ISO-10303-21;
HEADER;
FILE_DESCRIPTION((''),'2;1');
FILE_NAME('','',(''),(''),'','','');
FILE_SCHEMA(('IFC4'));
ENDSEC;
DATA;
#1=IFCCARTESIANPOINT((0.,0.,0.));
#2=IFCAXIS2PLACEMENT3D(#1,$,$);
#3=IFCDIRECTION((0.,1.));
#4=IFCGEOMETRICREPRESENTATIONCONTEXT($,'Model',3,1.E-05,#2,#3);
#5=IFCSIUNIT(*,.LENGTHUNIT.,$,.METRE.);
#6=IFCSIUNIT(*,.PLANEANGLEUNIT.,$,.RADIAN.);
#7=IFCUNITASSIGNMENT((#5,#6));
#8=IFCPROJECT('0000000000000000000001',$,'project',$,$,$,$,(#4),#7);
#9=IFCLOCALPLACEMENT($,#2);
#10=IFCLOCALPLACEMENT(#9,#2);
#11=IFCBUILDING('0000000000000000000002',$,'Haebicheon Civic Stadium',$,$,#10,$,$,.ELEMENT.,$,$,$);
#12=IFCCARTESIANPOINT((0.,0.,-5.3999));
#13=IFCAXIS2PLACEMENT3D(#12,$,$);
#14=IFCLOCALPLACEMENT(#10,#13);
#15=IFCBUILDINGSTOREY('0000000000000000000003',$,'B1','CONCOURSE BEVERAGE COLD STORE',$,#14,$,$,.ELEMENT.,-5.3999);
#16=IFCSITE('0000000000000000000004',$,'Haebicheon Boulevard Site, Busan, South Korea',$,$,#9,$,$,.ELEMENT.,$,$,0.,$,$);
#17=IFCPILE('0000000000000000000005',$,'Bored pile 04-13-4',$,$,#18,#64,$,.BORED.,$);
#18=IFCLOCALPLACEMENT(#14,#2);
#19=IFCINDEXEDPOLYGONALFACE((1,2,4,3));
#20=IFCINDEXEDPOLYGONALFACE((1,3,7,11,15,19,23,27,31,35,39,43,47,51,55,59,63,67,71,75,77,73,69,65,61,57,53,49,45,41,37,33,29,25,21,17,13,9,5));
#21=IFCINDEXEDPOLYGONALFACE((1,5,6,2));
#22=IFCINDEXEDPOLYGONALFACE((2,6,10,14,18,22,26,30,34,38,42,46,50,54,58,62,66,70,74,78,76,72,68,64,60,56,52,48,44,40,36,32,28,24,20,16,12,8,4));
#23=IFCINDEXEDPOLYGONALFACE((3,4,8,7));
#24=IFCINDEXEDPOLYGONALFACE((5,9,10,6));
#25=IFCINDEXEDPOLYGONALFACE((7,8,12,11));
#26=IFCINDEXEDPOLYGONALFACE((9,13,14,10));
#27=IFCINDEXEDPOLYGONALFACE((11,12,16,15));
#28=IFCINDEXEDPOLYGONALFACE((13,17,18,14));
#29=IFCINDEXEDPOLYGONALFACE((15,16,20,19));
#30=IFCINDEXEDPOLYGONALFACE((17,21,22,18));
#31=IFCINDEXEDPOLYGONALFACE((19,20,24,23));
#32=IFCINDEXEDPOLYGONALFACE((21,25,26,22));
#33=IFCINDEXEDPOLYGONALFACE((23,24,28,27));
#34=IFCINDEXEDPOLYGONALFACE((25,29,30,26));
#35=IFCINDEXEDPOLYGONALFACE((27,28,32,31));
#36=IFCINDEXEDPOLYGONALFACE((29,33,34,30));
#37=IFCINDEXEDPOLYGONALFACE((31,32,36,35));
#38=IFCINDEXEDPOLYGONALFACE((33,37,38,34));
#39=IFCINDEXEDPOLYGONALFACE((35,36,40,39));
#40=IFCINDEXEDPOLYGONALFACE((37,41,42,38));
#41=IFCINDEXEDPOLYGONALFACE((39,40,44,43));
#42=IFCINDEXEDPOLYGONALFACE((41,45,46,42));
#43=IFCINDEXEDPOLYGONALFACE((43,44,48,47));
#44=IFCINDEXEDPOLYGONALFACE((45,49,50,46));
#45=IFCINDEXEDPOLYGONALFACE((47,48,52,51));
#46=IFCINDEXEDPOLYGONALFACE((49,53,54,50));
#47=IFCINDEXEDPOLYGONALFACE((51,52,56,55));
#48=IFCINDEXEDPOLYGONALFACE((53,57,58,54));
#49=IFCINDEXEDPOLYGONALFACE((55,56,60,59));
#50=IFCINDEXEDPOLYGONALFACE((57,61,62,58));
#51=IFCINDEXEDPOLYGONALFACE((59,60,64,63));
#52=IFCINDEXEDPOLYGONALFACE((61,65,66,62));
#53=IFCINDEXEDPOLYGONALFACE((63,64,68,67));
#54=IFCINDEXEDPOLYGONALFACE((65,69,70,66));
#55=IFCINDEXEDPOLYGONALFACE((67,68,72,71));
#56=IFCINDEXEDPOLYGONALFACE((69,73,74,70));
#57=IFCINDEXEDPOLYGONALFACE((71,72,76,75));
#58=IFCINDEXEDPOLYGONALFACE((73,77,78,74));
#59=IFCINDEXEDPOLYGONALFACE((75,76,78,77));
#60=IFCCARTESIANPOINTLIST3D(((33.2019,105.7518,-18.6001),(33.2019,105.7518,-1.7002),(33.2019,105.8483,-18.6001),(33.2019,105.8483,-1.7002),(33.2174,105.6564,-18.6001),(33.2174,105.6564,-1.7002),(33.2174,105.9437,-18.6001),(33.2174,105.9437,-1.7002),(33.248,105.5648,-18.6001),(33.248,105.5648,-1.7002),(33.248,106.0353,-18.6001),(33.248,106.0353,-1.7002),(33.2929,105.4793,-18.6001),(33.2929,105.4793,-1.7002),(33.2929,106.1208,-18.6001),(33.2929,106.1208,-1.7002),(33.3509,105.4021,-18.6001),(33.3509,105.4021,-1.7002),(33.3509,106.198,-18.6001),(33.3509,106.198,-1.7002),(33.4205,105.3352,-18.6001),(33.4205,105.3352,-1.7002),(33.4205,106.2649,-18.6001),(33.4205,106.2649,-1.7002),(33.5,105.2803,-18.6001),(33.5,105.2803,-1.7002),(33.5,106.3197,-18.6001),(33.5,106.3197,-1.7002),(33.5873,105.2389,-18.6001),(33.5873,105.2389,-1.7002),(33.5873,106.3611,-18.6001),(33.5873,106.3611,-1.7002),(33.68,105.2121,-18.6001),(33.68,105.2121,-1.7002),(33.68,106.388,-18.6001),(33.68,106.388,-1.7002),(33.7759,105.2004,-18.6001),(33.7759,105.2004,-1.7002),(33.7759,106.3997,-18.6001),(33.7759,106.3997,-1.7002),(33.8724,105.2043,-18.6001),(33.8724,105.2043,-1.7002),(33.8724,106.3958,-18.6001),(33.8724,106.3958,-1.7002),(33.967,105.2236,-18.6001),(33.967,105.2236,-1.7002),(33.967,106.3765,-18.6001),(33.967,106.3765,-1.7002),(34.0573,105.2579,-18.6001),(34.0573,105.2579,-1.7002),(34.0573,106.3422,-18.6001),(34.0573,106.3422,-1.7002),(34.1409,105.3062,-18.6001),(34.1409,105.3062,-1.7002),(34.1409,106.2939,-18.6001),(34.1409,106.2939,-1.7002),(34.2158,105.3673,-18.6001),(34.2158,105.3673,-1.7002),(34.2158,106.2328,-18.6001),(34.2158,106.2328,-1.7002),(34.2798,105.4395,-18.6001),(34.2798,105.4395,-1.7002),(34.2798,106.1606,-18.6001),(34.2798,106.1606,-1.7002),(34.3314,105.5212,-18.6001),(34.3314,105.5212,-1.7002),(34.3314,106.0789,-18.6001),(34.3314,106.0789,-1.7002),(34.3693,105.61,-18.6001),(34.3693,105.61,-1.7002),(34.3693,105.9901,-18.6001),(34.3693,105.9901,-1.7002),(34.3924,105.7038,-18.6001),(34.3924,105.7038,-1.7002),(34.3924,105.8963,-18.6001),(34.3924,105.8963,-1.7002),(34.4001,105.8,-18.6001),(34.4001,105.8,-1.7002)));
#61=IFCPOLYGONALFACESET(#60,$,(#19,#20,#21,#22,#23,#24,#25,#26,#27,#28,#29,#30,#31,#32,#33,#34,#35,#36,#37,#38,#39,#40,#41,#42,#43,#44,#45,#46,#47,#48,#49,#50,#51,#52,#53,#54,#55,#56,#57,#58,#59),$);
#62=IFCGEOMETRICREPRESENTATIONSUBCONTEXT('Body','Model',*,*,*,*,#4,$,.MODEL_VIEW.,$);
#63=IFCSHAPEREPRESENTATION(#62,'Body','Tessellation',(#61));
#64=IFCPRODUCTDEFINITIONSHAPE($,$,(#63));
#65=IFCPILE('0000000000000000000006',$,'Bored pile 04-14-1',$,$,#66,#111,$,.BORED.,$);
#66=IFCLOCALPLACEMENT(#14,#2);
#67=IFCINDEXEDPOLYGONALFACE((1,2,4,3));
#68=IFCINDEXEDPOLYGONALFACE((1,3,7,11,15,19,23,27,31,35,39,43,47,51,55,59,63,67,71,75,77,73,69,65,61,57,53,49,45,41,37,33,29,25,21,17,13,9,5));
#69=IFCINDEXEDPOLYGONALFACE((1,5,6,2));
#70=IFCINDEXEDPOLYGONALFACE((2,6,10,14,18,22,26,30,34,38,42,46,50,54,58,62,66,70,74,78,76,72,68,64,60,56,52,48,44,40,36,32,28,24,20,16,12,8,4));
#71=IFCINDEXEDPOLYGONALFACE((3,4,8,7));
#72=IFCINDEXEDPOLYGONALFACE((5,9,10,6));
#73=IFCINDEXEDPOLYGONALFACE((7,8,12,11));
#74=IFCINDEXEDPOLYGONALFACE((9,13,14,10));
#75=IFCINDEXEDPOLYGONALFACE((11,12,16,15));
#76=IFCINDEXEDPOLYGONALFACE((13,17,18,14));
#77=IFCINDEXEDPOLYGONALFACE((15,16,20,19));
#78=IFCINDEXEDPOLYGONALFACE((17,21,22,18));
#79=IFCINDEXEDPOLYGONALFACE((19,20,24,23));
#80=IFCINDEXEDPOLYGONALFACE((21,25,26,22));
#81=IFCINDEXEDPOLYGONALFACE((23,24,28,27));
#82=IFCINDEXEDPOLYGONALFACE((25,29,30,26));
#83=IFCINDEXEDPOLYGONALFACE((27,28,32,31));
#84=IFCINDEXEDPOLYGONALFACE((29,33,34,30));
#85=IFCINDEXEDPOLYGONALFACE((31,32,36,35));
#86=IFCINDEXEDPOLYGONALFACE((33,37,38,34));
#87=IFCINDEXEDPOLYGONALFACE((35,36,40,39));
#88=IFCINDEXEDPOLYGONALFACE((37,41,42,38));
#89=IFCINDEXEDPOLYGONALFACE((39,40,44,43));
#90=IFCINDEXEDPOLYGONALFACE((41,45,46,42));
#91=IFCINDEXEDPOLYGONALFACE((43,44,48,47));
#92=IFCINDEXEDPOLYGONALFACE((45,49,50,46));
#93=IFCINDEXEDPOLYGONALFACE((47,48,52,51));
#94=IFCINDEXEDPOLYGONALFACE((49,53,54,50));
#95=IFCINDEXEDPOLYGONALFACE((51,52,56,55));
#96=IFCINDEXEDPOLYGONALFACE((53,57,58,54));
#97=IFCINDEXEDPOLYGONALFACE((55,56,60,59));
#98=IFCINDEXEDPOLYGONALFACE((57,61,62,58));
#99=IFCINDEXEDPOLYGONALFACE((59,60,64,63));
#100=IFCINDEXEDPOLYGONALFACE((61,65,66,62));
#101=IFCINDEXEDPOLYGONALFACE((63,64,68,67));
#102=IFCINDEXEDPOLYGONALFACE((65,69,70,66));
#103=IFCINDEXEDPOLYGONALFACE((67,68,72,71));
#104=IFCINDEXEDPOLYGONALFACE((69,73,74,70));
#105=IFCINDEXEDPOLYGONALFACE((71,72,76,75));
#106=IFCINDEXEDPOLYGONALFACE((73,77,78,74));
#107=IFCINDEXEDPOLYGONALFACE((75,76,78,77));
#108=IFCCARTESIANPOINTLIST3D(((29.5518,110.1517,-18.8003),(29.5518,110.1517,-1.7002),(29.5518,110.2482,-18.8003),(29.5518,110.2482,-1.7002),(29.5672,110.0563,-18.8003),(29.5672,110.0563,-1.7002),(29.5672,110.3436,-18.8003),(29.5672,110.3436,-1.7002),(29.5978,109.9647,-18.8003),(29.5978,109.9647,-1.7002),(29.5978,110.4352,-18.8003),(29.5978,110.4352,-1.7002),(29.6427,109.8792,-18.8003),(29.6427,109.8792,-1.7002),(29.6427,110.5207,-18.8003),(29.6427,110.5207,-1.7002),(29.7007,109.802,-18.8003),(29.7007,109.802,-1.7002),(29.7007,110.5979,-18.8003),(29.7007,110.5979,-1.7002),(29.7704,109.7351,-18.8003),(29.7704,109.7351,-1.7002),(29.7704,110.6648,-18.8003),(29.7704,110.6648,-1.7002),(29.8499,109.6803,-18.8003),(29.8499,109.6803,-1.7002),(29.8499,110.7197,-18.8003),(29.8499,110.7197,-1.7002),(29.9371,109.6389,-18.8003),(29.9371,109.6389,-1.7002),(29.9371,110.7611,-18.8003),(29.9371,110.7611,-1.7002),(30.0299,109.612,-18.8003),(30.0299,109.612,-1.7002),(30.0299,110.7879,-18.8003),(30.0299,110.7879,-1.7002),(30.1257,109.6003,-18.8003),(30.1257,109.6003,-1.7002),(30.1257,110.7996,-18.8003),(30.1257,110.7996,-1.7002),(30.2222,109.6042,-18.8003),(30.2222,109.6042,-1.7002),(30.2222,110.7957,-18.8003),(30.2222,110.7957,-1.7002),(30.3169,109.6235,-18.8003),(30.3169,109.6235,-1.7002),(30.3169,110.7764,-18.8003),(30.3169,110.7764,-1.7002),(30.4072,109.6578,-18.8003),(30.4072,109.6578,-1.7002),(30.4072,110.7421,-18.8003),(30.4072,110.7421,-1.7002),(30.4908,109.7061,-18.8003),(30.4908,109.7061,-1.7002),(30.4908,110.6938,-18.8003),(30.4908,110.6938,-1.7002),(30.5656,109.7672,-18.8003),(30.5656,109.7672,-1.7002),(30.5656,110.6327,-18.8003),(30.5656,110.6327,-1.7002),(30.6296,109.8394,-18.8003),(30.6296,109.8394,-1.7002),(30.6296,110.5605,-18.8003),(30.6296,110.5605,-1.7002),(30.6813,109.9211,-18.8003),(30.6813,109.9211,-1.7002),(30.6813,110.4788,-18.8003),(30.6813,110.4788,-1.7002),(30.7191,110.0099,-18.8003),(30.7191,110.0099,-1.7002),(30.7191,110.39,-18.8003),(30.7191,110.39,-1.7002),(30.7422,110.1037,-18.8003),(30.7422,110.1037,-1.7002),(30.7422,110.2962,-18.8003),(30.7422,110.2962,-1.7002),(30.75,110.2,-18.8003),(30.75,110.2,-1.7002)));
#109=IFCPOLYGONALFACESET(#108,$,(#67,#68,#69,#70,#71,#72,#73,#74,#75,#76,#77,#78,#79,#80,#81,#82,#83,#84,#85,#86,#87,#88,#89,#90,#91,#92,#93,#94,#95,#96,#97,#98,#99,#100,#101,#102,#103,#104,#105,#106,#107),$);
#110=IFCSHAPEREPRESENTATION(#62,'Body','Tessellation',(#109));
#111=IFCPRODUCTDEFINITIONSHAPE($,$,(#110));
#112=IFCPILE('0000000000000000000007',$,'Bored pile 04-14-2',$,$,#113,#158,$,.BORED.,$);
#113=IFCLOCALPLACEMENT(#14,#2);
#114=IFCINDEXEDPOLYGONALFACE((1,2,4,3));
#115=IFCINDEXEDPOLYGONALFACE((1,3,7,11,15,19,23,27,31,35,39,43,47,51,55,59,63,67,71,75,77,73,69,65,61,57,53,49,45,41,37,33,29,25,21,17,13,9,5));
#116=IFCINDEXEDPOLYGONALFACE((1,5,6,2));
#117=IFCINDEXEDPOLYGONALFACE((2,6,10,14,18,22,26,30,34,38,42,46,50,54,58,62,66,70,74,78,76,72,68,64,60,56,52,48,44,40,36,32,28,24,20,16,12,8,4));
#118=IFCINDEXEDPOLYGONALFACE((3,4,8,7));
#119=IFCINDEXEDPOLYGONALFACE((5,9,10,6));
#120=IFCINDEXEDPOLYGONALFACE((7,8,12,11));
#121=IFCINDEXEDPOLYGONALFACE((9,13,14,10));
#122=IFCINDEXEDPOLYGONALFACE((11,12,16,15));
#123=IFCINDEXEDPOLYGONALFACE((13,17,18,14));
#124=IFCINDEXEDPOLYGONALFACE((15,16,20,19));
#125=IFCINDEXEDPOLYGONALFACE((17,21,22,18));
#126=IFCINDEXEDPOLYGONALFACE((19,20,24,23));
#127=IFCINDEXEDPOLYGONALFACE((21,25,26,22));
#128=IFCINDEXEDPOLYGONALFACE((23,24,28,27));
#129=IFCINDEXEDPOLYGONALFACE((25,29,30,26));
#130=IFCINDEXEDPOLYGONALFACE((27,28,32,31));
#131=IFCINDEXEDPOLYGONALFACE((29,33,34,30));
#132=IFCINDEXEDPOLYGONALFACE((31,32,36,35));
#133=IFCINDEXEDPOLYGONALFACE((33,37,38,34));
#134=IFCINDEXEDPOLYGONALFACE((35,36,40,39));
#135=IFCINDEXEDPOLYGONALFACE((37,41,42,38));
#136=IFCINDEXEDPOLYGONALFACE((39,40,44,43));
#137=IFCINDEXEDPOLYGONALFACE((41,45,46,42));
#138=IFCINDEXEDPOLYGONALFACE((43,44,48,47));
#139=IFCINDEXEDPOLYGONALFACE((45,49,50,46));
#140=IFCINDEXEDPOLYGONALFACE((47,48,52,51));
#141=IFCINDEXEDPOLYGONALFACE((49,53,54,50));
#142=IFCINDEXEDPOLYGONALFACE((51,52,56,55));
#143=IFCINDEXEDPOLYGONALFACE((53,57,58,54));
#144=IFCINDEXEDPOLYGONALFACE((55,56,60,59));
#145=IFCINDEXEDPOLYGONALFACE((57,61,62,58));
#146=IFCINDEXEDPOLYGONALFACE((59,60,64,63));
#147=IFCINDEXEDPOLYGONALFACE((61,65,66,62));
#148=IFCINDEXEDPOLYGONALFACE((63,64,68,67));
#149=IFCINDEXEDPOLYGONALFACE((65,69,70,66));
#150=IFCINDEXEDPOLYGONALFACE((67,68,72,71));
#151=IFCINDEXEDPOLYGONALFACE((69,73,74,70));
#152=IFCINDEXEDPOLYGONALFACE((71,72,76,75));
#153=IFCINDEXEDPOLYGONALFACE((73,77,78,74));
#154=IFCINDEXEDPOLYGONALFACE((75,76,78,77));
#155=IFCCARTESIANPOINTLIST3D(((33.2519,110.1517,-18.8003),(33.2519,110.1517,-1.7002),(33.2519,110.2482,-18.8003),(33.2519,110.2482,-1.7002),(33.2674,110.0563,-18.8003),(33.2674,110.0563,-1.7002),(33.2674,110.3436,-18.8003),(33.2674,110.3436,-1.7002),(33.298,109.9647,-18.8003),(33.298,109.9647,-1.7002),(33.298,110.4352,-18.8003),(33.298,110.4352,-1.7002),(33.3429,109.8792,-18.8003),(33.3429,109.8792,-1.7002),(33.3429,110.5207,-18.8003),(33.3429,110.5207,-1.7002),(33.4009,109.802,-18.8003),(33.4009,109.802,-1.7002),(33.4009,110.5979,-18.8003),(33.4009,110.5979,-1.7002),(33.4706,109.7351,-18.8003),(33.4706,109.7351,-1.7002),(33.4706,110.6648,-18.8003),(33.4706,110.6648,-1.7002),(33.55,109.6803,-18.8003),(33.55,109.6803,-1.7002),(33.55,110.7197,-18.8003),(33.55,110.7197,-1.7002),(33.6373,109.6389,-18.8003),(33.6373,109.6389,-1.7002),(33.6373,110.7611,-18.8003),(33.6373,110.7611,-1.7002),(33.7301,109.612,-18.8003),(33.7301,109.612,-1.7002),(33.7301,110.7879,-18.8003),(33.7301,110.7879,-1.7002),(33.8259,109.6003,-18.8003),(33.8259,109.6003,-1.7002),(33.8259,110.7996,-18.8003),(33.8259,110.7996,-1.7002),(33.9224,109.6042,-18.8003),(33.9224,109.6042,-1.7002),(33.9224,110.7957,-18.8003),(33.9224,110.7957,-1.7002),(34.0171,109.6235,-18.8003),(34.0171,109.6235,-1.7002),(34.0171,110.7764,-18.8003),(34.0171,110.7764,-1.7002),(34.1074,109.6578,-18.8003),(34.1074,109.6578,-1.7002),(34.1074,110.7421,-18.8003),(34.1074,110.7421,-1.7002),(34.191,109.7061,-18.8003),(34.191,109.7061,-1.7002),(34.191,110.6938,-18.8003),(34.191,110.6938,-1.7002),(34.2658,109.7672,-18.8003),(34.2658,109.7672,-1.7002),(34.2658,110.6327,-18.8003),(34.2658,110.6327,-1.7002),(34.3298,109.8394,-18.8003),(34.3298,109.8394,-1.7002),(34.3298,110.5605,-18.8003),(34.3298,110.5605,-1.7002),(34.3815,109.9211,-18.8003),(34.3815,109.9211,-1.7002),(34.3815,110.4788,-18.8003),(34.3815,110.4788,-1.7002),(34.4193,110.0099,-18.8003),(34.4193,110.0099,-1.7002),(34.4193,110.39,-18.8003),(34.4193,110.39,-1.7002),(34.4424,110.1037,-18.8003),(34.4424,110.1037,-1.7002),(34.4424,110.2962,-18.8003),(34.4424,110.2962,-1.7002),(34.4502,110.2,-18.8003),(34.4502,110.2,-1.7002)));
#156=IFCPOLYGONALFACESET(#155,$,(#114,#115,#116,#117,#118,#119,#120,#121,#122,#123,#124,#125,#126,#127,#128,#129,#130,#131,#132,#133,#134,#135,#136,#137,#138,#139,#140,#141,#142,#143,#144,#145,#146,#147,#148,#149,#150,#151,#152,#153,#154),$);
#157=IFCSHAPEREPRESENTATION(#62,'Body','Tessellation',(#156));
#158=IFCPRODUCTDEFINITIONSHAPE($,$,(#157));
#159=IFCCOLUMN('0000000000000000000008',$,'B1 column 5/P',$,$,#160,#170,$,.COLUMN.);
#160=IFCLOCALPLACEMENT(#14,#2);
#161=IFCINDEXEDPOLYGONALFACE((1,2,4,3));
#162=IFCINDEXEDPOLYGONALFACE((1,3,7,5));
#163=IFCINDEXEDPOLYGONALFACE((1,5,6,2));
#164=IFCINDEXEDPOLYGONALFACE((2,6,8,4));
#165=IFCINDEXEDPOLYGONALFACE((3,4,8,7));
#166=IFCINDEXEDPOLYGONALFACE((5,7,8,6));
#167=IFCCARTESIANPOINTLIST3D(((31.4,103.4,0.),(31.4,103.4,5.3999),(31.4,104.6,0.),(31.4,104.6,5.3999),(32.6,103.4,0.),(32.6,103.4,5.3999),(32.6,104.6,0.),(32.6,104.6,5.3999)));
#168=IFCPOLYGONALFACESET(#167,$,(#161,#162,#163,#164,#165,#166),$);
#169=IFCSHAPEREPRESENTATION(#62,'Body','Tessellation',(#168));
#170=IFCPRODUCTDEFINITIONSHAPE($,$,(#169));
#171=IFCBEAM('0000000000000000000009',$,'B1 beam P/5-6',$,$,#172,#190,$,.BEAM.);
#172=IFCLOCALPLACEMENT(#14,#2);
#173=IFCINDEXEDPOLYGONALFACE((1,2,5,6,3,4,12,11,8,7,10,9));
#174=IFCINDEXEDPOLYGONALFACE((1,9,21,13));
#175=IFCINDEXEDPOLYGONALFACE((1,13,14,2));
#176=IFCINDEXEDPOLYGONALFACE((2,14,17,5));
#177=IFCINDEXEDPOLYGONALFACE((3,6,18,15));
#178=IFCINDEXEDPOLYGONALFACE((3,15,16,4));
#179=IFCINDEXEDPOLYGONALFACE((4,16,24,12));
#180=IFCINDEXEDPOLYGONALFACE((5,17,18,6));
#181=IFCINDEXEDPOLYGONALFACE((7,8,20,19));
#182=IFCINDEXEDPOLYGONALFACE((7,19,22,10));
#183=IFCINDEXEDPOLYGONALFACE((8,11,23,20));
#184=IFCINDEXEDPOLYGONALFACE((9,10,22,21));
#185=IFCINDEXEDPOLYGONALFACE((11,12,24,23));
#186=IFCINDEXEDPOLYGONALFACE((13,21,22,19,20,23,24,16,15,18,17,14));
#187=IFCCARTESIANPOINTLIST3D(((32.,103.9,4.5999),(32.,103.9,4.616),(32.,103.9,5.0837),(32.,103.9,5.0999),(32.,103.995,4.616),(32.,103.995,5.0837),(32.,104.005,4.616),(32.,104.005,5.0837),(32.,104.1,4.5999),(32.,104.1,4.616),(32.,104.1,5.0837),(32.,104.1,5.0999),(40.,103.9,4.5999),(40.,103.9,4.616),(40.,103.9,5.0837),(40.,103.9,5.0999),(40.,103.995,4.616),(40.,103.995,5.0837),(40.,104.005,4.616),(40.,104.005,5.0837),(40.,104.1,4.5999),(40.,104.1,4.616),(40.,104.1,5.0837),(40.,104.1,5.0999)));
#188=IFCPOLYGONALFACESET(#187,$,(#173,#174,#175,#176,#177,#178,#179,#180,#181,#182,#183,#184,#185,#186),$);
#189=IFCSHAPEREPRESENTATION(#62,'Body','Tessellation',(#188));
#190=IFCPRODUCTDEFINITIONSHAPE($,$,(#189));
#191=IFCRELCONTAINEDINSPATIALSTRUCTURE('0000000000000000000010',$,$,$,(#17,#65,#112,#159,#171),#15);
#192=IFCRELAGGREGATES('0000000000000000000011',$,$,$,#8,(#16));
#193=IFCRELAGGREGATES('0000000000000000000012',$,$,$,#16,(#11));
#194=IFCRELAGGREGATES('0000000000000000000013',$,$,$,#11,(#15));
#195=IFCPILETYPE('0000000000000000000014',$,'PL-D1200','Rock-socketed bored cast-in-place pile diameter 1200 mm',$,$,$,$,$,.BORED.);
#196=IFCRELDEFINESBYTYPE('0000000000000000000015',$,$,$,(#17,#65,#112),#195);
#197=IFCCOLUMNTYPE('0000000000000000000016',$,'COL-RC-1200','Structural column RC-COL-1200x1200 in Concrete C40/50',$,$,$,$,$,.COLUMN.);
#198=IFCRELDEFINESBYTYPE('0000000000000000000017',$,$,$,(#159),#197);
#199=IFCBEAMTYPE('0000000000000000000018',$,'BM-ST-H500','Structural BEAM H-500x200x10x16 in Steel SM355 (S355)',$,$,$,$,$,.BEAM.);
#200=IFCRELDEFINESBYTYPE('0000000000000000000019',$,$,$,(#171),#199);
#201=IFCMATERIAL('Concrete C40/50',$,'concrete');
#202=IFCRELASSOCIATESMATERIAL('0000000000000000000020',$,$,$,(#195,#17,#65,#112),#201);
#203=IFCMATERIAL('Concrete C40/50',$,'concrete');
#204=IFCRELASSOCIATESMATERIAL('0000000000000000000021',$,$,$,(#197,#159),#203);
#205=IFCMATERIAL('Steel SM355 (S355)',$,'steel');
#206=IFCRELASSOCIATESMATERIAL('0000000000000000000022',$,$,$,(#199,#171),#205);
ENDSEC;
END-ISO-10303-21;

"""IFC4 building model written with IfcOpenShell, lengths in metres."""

from ifc_helpers import new_model, si_unit, direction, frame, origin, origin_2d, place, context, subcontext, project, spatial, rectangle, circle, i_section, extrude, material, material_profile, profile_set, type_object, element, save


model = new_model("IFC4")

# Units and contexts
model_context = context("Model", 3, precision=1e-05, world=origin(), true_north=direction((0.0, 1.0)))
body_context = subcontext(model_context, "Body", "Model", "MODEL_VIEW")
ifc_project = project(units=[si_unit("LENGTHUNIT", "METRE"), si_unit("PLANEANGLEUNIT", "RADIAN")], contexts=[model_context])

# Site, building, storey
site_placement = place(None, origin())
site = spatial("IfcSite", under=ifc_project, at=site_placement, Name="Haebicheon Boulevard Site, Busan, South Korea", CompositionType="ELEMENT", RefElevation=0.0)
building_placement = place(site_placement, origin())
building = spatial("IfcBuilding", under=site, at=building_placement, Name="Haebicheon Civic Stadium", CompositionType="ELEMENT")
storey_placement = place(building_placement, frame((0.0, 0.0, -5.3999)))
storey = spatial("IfcBuildingStorey", under=building, at=storey_placement, Name="B1", Description="CONCOURSE BEVERAGE COLD STORE", CompositionType="ELEMENT", Elevation=-5.3999)

# Piles
ifc_material_1 = material(Name="Concrete C40/50", Category="concrete")
ifc_material_profile_1 = material_profile(ifc_material_1, circle(Radius=0.6001, at=origin_2d()), Name="PILE-D1200")
ifc_profile_set_1 = profile_set([ifc_material_profile_1], Name="Concrete C40/50")
pile_type = type_object("IfcPileType", Name="PL-D1200", Description="Rock-socketed bored cast-in-place pile diameter 1200 mm", PredefinedType="BORED", material=ifc_profile_set_1)
for number, where, z_axis, x_axis, name in (
    (1, (33.8, 105.8, -1.7002), (0.0, 0.0, -1.0), (1.0, 0.0, 0.0), "Bored pile 04-13-4"),
):
    element("IfcPile", number, at=place(storey_placement, frame(where, z_axis=z_axis, x_axis=x_axis)), inside=storey, type_object=pile_type, material=ifc_profile_set_1, Name=name, PredefinedType="BORED", context=body_context, shape_type="SweptSolid", body=[
        extrude(circle(Radius=0.6001, at=origin_2d()), origin(), (0.0, 0.0, 1.0), 16.8999),
    ])
for number, where, z_axis, x_axis, name in (
    (2, (30.1499, 110.2, -1.7002), (0.0, 0.0, -1.0), (1.0, 0.0, 0.0), "Bored pile 04-14-1"),
    (3, (33.8501, 110.2, -1.7002), (0.0, 0.0, -1.0), (1.0, 0.0, 0.0), "Bored pile 04-14-2"),
):
    element("IfcPile", number, at=place(storey_placement, frame(where, z_axis=z_axis, x_axis=x_axis)), inside=storey, type_object=pile_type, material=ifc_profile_set_1, Name=name, PredefinedType="BORED", context=body_context, shape_type="SweptSolid", body=[
        extrude(circle(Radius=0.6001, at=origin_2d()), origin(), (0.0, 0.0, 1.0), 17.1001),
    ])

# Column
ifc_material_2 = material(Name="Concrete C40/50", Category="concrete")
ifc_material_profile_2 = material_profile(ifc_material_2, rectangle(XDim=1.2, YDim=1.2, at=origin_2d()), Name="RC-COL-1200x1200")
ifc_profile_set_2 = profile_set([ifc_material_profile_2], Name="Concrete C40/50")
column_type = type_object("IfcColumnType", Name="COL-RC-1200", Description="Structural column RC-COL-1200x1200 in Concrete C40/50", PredefinedType="COLUMN", material=ifc_profile_set_2)
column_placement = place(storey_placement, frame((32.0, 104.0, 0.0), z_axis=(0.0, 0.0, 1.0), x_axis=(1.0, 0.0, 0.0)))
element("IfcColumn", 4, at=column_placement, inside=storey, type_object=column_type, material=ifc_profile_set_2, Name="B1 column 5/P", PredefinedType="COLUMN", context=body_context, shape_type="SweptSolid", body=[
    extrude(rectangle(XDim=1.2, YDim=1.2, at=origin_2d()), origin(), (0.0, 0.0, 1.0), 5.3999),
])

# Beam
ifc_material_3 = material(Name="Steel SM355 (S355)", Category="steel")
ifc_material_profile_3 = material_profile(ifc_material_3, i_section(OverallWidth=0.2, OverallDepth=0.5, WebThickness=0.01, FlangeThickness=0.0161, at=origin_2d()), Name="H-500x200x10x16")
ifc_profile_set_3 = profile_set([ifc_material_profile_3], Name="Steel SM355 (S355)")
beam_type_1 = type_object("IfcBeamType", Name="BM-ST-H500", Description="Structural BEAM H-500x200x10x16 in Steel SM355 (S355)", PredefinedType="BEAM", material=ifc_profile_set_3)
beam_1_placement = place(storey_placement, frame((32.0, 104.0, 4.8499), z_axis=(1.0, 0.0, 0.0), x_axis=(0.0, 1.0, 0.0)))
element("IfcBeam", 5, at=beam_1_placement, inside=storey, type_object=beam_type_1, material=ifc_profile_set_3, Name="B1 beam P/5-6", PredefinedType="BEAM", context=body_context, shape_type="SweptSolid", body=[
    extrude(i_section(OverallWidth=0.2, OverallDepth=0.5, WebThickness=0.01, FlangeThickness=0.0161, at=origin_2d()), origin(), (0.0, 0.0, 1.0), 8.0),
])

save(model, "model.ifc")
